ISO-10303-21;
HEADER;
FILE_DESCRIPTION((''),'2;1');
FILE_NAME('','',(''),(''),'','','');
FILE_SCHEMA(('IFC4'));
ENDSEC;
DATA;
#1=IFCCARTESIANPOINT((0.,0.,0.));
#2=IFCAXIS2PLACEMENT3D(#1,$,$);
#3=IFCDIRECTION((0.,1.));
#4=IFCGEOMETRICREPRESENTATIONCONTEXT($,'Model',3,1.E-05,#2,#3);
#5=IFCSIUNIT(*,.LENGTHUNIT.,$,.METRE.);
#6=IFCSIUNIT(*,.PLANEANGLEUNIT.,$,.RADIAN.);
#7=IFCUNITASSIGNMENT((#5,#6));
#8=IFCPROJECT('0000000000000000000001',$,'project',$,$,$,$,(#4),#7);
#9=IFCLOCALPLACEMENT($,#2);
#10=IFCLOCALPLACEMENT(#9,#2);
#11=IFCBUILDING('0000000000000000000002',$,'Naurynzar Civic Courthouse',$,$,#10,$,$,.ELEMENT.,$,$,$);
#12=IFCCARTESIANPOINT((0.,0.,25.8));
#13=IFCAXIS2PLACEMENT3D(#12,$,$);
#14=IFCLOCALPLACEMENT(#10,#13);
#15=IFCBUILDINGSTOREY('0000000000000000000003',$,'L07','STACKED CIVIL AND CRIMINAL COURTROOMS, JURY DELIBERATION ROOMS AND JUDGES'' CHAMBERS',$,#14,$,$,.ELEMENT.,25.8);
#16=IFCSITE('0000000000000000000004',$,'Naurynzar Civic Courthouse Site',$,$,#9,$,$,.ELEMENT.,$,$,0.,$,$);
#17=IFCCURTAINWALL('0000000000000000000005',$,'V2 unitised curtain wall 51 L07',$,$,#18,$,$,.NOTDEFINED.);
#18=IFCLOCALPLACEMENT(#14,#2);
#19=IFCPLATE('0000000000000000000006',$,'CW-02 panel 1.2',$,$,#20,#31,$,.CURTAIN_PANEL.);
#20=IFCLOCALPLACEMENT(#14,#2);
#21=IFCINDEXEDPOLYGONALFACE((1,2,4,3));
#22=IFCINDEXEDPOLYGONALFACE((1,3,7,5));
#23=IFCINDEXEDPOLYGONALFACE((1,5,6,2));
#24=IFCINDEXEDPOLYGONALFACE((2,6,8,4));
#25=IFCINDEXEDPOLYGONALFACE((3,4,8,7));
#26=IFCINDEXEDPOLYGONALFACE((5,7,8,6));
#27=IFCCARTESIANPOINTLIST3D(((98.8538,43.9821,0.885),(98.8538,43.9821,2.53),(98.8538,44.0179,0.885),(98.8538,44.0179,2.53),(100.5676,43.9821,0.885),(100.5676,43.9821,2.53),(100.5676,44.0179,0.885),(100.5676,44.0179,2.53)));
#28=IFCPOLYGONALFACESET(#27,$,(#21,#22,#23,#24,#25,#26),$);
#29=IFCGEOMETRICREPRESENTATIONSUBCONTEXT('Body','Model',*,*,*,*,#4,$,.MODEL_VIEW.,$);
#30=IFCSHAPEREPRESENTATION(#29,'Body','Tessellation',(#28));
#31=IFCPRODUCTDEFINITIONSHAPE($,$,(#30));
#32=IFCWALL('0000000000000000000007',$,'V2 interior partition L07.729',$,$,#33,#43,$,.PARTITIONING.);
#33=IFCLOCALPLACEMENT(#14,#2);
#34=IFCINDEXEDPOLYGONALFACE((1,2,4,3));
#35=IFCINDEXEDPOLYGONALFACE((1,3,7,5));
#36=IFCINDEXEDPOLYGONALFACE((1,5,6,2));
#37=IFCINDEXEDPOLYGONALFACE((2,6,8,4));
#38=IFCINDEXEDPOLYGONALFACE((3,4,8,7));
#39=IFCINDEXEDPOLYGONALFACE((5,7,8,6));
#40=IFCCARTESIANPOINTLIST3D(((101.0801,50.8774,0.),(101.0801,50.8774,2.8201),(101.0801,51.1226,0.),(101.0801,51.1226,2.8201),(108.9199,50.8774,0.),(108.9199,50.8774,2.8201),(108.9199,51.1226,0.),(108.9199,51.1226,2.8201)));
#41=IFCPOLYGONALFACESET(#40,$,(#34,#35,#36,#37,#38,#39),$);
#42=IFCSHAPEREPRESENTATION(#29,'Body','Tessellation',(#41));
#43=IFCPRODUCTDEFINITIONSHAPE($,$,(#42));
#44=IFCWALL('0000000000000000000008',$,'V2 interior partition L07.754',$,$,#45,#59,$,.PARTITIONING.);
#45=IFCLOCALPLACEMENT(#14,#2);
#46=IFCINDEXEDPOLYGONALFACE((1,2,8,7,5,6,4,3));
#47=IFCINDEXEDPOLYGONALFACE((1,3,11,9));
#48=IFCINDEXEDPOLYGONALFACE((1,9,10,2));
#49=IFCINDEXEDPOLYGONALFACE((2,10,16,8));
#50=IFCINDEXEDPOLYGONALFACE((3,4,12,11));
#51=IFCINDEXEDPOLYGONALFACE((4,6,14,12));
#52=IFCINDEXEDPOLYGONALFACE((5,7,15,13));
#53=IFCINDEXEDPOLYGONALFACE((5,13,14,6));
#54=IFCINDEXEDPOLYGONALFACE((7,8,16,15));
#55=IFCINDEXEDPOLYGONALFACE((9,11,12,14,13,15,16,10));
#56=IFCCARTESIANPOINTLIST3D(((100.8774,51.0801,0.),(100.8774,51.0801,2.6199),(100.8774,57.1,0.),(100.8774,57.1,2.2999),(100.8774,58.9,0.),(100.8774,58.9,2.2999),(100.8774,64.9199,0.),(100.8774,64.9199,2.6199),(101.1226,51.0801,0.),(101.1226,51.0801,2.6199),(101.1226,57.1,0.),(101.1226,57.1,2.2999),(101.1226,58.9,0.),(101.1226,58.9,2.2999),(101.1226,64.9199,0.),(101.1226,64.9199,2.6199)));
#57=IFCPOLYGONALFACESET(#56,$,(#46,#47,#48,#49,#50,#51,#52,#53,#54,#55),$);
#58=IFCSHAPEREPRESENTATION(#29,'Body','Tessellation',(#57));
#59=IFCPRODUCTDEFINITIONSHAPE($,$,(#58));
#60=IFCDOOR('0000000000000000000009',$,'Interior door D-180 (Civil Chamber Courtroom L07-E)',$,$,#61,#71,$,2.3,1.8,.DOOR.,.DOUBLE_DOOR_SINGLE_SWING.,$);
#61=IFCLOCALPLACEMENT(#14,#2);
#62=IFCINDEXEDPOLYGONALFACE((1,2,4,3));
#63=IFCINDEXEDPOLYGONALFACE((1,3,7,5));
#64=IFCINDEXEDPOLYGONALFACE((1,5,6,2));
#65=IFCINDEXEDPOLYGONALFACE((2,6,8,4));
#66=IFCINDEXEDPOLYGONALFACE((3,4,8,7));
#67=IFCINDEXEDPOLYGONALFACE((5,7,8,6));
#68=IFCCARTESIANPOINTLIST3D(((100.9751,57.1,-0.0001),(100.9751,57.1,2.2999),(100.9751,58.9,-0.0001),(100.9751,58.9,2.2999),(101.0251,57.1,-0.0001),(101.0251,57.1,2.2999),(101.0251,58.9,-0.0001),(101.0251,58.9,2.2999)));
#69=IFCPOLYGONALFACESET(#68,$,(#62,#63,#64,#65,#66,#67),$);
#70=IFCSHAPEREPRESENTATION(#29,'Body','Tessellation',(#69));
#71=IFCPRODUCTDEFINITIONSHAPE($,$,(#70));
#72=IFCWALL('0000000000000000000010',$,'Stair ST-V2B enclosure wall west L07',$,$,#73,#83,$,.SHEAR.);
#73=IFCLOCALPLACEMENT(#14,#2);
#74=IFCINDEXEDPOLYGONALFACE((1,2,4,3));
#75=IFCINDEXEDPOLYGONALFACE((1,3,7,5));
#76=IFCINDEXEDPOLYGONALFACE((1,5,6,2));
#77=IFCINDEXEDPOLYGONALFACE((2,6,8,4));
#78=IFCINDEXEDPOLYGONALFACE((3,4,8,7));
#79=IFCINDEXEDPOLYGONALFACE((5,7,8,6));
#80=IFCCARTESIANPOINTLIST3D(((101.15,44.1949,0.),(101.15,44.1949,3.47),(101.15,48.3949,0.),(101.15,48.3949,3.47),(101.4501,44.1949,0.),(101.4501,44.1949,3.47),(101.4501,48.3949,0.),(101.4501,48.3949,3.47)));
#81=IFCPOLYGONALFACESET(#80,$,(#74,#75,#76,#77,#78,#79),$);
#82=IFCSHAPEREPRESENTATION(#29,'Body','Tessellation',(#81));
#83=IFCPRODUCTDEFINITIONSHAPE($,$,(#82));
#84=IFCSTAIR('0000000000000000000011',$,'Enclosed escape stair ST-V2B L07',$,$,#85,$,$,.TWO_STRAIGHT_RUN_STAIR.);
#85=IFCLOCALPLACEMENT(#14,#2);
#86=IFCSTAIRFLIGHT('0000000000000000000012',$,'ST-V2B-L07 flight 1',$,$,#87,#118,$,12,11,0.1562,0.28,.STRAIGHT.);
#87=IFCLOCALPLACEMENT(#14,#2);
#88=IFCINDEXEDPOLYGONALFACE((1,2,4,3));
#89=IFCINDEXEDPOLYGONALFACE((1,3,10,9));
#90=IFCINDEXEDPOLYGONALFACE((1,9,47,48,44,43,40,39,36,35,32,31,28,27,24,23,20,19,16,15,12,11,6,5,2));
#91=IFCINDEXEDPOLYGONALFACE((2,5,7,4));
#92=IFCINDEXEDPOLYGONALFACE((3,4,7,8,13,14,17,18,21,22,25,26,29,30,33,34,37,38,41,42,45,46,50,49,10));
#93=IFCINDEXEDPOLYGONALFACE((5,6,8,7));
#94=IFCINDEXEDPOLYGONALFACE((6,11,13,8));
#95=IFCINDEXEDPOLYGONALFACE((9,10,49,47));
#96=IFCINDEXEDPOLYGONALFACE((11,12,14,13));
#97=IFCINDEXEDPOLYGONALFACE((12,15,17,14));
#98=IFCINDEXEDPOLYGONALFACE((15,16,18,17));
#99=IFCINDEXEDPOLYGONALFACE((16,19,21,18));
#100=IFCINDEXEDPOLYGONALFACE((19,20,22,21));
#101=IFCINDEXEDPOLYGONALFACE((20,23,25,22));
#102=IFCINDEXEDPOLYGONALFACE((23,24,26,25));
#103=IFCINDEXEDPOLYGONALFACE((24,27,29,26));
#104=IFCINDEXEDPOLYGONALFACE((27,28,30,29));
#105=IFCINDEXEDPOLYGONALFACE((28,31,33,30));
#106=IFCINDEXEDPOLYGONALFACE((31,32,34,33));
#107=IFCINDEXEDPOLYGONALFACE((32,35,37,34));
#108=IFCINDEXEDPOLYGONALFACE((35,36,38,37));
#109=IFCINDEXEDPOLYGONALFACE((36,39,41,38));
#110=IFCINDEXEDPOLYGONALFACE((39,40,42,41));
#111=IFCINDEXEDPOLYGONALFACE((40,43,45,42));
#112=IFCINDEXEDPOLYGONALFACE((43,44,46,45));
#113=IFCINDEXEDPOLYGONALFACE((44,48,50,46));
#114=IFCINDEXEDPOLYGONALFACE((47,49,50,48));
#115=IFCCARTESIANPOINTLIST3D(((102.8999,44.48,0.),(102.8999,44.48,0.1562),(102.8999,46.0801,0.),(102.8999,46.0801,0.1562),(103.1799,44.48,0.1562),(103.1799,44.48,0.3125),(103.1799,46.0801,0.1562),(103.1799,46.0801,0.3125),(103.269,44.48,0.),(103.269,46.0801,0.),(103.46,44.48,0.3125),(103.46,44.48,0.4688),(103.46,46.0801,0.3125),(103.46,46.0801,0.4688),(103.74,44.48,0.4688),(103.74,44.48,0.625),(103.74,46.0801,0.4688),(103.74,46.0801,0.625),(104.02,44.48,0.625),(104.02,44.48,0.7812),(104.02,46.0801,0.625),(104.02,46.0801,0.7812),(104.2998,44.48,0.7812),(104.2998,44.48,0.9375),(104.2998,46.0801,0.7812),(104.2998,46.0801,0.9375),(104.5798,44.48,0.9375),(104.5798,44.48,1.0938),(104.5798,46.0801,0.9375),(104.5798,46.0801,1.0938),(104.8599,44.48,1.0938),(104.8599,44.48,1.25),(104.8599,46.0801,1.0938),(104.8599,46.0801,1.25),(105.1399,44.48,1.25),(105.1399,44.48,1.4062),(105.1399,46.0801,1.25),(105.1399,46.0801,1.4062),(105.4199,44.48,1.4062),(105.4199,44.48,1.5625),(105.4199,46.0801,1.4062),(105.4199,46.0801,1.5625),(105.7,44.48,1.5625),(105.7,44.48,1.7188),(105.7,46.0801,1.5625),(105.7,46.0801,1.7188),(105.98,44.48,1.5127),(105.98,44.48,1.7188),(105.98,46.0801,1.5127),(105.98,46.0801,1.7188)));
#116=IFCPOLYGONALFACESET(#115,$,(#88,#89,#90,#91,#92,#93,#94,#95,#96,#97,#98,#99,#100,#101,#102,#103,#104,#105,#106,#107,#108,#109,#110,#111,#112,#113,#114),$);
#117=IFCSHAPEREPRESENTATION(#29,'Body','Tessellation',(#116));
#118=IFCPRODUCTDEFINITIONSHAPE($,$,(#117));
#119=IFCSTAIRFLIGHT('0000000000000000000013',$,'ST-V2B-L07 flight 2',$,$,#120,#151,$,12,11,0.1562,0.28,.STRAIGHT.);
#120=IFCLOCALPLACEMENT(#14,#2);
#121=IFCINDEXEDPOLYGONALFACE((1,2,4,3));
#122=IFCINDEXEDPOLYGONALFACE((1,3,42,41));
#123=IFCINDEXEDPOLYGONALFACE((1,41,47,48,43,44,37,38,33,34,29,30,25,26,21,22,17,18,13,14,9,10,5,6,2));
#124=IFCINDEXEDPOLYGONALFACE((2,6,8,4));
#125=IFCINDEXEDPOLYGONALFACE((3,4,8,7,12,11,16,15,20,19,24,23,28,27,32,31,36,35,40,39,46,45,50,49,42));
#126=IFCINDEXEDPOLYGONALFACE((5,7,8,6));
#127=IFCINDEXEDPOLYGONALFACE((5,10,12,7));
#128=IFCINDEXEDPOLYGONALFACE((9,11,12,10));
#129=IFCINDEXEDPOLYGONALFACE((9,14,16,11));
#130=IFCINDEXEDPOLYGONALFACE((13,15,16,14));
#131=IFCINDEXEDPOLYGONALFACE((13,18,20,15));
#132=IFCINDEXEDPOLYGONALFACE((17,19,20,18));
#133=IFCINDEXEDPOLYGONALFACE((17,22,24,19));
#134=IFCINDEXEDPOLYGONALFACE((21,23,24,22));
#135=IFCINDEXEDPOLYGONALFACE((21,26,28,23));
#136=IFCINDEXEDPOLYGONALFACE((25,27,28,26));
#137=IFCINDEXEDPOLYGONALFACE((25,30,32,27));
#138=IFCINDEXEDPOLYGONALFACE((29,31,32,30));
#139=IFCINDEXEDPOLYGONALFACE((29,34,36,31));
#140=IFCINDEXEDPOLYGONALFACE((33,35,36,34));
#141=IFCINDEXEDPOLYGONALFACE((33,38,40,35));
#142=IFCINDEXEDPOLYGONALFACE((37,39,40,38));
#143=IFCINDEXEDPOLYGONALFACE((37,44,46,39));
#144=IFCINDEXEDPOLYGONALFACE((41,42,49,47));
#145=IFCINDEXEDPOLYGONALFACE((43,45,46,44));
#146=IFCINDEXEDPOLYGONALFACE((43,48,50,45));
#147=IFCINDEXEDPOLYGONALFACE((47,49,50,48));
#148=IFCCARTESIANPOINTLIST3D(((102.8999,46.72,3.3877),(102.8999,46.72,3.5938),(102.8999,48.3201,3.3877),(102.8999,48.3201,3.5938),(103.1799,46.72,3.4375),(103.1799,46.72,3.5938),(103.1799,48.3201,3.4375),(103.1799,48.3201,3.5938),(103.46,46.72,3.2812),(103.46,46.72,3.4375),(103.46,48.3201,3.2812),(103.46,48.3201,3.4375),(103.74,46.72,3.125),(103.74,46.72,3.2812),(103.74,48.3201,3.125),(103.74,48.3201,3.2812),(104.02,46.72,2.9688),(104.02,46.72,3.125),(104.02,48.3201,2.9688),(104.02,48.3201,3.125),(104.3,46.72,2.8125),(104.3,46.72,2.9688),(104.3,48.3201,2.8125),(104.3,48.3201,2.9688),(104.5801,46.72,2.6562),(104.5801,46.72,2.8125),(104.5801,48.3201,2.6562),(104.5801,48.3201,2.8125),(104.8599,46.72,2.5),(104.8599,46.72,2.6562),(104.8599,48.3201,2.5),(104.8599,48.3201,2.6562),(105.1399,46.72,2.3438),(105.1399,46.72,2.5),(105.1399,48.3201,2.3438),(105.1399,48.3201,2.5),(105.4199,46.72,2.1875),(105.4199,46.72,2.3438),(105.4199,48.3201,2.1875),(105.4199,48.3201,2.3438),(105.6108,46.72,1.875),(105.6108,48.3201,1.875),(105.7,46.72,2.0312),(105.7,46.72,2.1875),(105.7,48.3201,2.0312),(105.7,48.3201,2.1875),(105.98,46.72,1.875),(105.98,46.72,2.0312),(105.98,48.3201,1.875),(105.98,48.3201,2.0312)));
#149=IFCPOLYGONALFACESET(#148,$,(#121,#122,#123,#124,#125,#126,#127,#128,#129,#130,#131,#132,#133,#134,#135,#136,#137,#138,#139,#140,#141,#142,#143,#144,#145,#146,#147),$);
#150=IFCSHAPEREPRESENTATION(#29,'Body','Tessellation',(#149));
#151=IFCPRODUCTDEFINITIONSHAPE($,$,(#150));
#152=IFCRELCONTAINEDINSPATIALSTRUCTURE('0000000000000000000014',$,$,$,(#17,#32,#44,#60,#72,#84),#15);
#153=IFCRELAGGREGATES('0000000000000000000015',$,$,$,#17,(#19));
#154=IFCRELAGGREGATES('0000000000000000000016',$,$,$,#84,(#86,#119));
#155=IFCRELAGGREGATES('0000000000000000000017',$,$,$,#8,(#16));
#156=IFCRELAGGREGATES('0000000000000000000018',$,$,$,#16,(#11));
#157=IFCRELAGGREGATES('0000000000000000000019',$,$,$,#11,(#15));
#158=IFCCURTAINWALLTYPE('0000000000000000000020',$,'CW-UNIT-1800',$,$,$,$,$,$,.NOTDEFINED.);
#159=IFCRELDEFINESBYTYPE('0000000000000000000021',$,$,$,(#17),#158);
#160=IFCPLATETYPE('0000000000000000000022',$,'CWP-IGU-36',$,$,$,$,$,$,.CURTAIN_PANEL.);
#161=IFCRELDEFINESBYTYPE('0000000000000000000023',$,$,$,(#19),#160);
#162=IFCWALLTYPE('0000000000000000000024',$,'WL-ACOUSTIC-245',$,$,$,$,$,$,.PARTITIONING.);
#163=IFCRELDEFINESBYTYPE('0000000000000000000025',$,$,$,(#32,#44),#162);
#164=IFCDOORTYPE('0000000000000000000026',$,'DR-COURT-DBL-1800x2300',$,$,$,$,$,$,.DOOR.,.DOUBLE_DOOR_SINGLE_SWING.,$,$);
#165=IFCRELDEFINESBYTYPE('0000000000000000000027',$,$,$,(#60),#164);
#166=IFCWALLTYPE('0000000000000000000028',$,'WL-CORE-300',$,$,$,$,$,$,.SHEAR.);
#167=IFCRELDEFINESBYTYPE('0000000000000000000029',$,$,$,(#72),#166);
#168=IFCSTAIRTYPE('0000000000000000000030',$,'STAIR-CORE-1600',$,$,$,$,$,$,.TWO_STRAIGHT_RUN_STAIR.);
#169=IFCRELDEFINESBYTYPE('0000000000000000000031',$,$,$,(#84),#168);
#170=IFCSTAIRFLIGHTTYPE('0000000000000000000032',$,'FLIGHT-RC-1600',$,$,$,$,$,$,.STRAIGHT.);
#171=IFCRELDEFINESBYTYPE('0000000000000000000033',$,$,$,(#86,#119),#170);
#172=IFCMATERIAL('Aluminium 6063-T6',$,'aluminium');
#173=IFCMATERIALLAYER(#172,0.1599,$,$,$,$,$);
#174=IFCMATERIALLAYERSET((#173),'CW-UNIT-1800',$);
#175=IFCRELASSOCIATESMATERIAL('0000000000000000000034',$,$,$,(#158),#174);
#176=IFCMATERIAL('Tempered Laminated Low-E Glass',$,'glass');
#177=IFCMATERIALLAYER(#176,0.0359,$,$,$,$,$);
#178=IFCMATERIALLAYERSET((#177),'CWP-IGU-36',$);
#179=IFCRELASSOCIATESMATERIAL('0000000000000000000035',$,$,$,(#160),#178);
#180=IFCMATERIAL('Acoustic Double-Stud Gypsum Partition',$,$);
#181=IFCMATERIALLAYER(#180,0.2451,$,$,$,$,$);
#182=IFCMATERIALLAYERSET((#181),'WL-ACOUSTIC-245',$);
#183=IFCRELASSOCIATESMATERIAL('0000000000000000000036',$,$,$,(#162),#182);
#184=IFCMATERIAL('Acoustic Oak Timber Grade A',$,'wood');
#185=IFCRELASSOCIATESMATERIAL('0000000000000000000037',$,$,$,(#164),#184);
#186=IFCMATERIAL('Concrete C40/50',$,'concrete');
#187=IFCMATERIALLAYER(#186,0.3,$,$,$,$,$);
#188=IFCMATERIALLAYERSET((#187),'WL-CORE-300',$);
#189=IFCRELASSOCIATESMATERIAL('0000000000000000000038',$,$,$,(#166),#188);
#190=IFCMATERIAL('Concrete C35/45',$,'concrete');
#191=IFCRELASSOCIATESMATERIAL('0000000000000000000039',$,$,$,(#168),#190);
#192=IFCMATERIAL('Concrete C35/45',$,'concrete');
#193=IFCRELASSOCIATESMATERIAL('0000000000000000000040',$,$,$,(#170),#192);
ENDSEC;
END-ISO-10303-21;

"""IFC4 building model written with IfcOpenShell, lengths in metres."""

from ifc_helpers import new_model, si_unit, direction, frame, frame_2d, origin, origin_2d, place, context, subcontext, project, spatial, polyline, rectangle, outline, extrude, material, layer, layer_set, type_object, element, fill, aggregate, save


model = new_model("IFC4")

# Units and contexts
model_context = context("Model", 3, precision=1e-05, world=origin(), true_north=direction((0.0, 1.0)))
body_context = subcontext(model_context, "Body", "Model", "MODEL_VIEW")
ifc_project = project(units=[si_unit("LENGTHUNIT", "METRE"), si_unit("PLANEANGLEUNIT", "RADIAN")], contexts=[model_context])

# Site, building, storey
site_placement = place(None, origin())
site = spatial("IfcSite", under=ifc_project, at=site_placement, Name="Naurynzar Civic Courthouse Site", CompositionType="ELEMENT", RefElevation=0.0)
building_placement = place(site_placement, origin())
building = spatial("IfcBuilding", under=site, at=building_placement, Name="Naurynzar Civic Courthouse", CompositionType="ELEMENT")
storey_placement = place(building_placement, frame((0.0, 0.0, 25.8)))
storey = spatial("IfcBuildingStorey", under=building, at=storey_placement, Name="L07", Description="STACKED CIVIL AND CRIMINAL COURTROOMS, JURY DELIBERATION ROOMS AND JUDGES' CHAMBERS", CompositionType="ELEMENT", Elevation=25.8)

# Curtain wall, plate
ifc_material_1 = material(Name="Aluminium 6063-T6", Category="aluminium")
ifc_layer_1 = layer(ifc_material_1, 0.1599)
ifc_layer_set_1 = layer_set([ifc_layer_1], Name="CW-UNIT-1800")
curtain_wall_type = type_object("IfcCurtainWallType", Name="CW-UNIT-1800", PredefinedType="NOTDEFINED", material=ifc_layer_set_1)
curtain_wall_placement = place(storey_placement, origin())
curtain_wall = element("IfcCurtainWall", 1, at=curtain_wall_placement, inside=storey, type_object=curtain_wall_type, Name="V2 unitised curtain wall 51 L07", PredefinedType="NOTDEFINED")
ifc_material_2 = material(Name="Tempered Laminated Low-E Glass", Category="glass")
ifc_layer_2 = layer(ifc_material_2, 0.0359)
ifc_layer_set_2 = layer_set([ifc_layer_2], Name="CWP-IGU-36")
plate_type = type_object("IfcPlateType", Name="CWP-IGU-36", PredefinedType="CURTAIN_PANEL", material=ifc_layer_set_2)
plate_1_placement = place(storey_placement, frame((99.7107, 44.0, 0.885), z_axis=(0.0, 0.0, 1.0), x_axis=(-1.0, 0.0, 0.0)))
plate_1 = element("IfcPlate", 2, at=plate_1_placement, type_object=plate_type, Name="CW-02 panel 1.2", PredefinedType="CURTAIN_PANEL", context=body_context, shape_type="SweptSolid", body=[
    extrude(rectangle(XDim=1.7139, YDim=0.0359, at=origin_2d()), origin(), (0.0, 0.0, 1.0), 1.645),
])
aggregate(curtain_wall, [plate_1])

# Wall
ifc_material_3 = material(Name="Acoustic Double-Stud Gypsum Partition")
ifc_layer_3 = layer(ifc_material_3, 0.2451)
ifc_layer_set_3 = layer_set([ifc_layer_3], Name="WL-ACOUSTIC-245")
wall_type_1 = type_object("IfcWallType", Name="WL-ACOUSTIC-245", PredefinedType="PARTITIONING", material=ifc_layer_set_3)
wall_1_placement = place(storey_placement, frame((101.0801, 51.0, 0.0), z_axis=(0.0, 0.0, 1.0), x_axis=(1.0, 0.0, 0.0)))
element("IfcWall", 3, at=wall_1_placement, inside=storey, type_object=wall_type_1, Name="V2 interior partition L07.729", PredefinedType="PARTITIONING", context=body_context, shape_type="SweptSolid", body=[
    extrude(rectangle(XDim=7.8398, YDim=0.2451, at=frame_2d((3.9199, 0.0))), origin(), (0.0, 0.0, 1.0), 2.8201),
])

# Wall, opening, door
wall_2_placement = place(storey_placement, frame((101.0, 51.0801, 0.0), z_axis=(0.0, 0.0, 1.0), x_axis=(0.0, 1.0, 0.0)))
wall_2 = element("IfcWall", 4, at=wall_2_placement, inside=storey, type_object=wall_type_1, Name="V2 interior partition L07.754", PredefinedType="PARTITIONING", context=body_context, shape_type="SweptSolid", body=[
    extrude(rectangle(XDim=13.8398, YDim=0.2451, at=frame_2d((6.9199, 0.0))), origin(), (0.0, 0.0, 1.0), 2.6199),
])
opening_placement = place(wall_2_placement, frame((6.02, 0.0, 0.0)))
opening = element("IfcOpeningElement", 5, at=opening_placement, cuts=wall_2, PredefinedType="OPENING", context=body_context, shape_type="SweptSolid", body=[
    extrude(rectangle(XDim=1.8, YDim=2.3, at=frame_2d((0.8999, 1.1499))), frame((0.0, 0.1326, 0.0), z_axis=(0.0, -1.0, 0.0), x_axis=(1.0, 0.0, 0.0)), (0.0, 0.0, 1.0), 0.2651),
])
ifc_material_4 = material(Name="Acoustic Oak Timber Grade A", Category="wood")
door_type = type_object("IfcDoorType", Name="DR-COURT-DBL-1800x2300", OperationType="DOUBLE_DOOR_SINGLE_SWING", PredefinedType="DOOR", material=ifc_material_4)
door_placement = place(opening_placement, origin())
door = element("IfcDoor", 6, at=door_placement, inside=storey, type_object=door_type, Name="Interior door D-180 (Civil Chamber Courtroom L07-E)", OperationType="DOUBLE_DOOR_SINGLE_SWING", OverallHeight=2.3, OverallWidth=1.8, PredefinedType="DOOR", context=body_context, shape_type="SweptSolid", body=[
    extrude(rectangle(XDim=1.8, YDim=2.3, at=frame_2d((0.8999, 1.1499))), frame((0.0, 0.0249, 0.0), z_axis=(0.0, -1.0, 0.0), x_axis=(1.0, 0.0, 0.0)), (0.0, 0.0, 1.0), 0.05),
])
fill(opening, door)

# Wall
ifc_material_5 = material(Name="Concrete C40/50", Category="concrete")
ifc_layer_4 = layer(ifc_material_5, 0.3)
ifc_layer_set_4 = layer_set([ifc_layer_4], Name="WL-CORE-300")
wall_type_2 = type_object("IfcWallType", Name="WL-CORE-300", PredefinedType="SHEAR", material=ifc_layer_set_4)
wall_3_placement = place(storey_placement, frame((101.3, 48.395, 0.0), z_axis=(0.0, 0.0, 1.0), x_axis=(0.0, -1.0, 0.0)))
element("IfcWall", 7, at=wall_3_placement, inside=storey, type_object=wall_type_2, Name="Stair ST-V2B enclosure wall west L07", PredefinedType="SHEAR", context=body_context, shape_type="SweptSolid", body=[
    extrude(rectangle(XDim=4.2, YDim=0.3, at=frame_2d((2.1001, 0.0))), origin(), (0.0, 0.0, 1.0), 3.47),
])

# Stair, stair flights
ifc_material_6 = material(Name="Concrete C35/45", Category="concrete")
stair_type = type_object("IfcStairType", Name="STAIR-CORE-1600", PredefinedType="TWO_STRAIGHT_RUN_STAIR", material=ifc_material_6)
stair_placement = place(storey_placement, origin())
stair = element("IfcStair", 8, at=stair_placement, inside=storey, type_object=stair_type, Name="Enclosed escape stair ST-V2B L07", PredefinedType="TWO_STRAIGHT_RUN_STAIR")
ifc_material_7 = material(Name="Concrete C35/45", Category="concrete")
stair_flight_type = type_object("IfcStairFlightType", Name="FLIGHT-RC-1600", PredefinedType="STRAIGHT", material=ifc_material_7)
stair_flight_1_placement = place(storey_placement, frame((102.8999, 45.28, 0.0), z_axis=(0.0, 0.0, 1.0), x_axis=(1.0, 0.0, 0.0)))
stair_flight_1 = element("IfcStairFlight", 9, at=stair_flight_1_placement, type_object=stair_flight_type, Name="ST-V2B-L07 flight 1", NumberOfRisers=12, NumberOfTreads=11, PredefinedType="STRAIGHT", RiserHeight=0.1562, TreadLength=0.28, context=body_context, shape_type="SweptSolid", body=[
    extrude(outline(polyline([(0.0, 0.0), (0.0, 0.1562), (0.28, 0.1562), (0.28, 0.3125), (0.5601, 0.3125), (0.5601, 0.4688), (0.8401, 0.4688), (0.8401, 0.625), (1.1201, 0.625), (1.1201, 0.7812), (1.3999, 0.7812), (1.3999, 0.9375), (1.6799, 0.9375), (1.6799, 1.0938), (1.96, 1.0938), (1.96, 1.25), (2.24, 1.25), (2.24, 1.4062), (2.52, 1.4062), (2.52, 1.5625), (2.8, 1.5625), (2.8, 1.7188), (3.0801, 1.7188), (3.0801, 1.875), (3.0801, 1.5127), (0.3691, 0.0), (0.0, 0.0)])), frame((0.0, 0.8, 0.0), z_axis=(0.0, -1.0, 0.0), x_axis=(1.0, 0.0, 0.0)), (0.0, 0.0, 1.0), 1.6001),
])
stair_flight_2_placement = place(storey_placement, frame((105.98, 47.52, 1.875), z_axis=(0.0, 0.0, 1.0), x_axis=(-1.0, 0.0, 0.0)))
stair_flight_2 = element("IfcStairFlight", 10, at=stair_flight_2_placement, type_object=stair_flight_type, Name="ST-V2B-L07 flight 2", NumberOfRisers=12, NumberOfTreads=11, PredefinedType="STRAIGHT", RiserHeight=0.1562, TreadLength=0.28, context=body_context, shape_type="SweptSolid", body=[
    extrude(outline(polyline([(0.0, 0.0), (0.0, 0.1562), (0.28, 0.1562), (0.28, 0.3125), (0.5601, 0.3125), (0.5601, 0.4688), (0.8401, 0.4688), (0.8401, 0.625), (1.1201, 0.625), (1.1201, 0.7812), (1.3999, 0.7812), (1.3999, 0.9375), (1.6799, 0.9375), (1.6799, 1.0938), (1.96, 1.0938), (1.96, 1.25), (2.24, 1.25), (2.24, 1.4062), (2.52, 1.4062), (2.52, 1.5625), (2.8, 1.5625), (2.8, 1.7188), (3.0801, 1.7188), (3.0801, 1.875), (3.0801, 1.5127), (0.3691, 0.0), (0.0, 0.0)])), frame((0.0, 0.8, 0.0), z_axis=(0.0, -1.0, 0.0), x_axis=(1.0, 0.0, 0.0)), (0.0, 0.0, 1.0), 1.6001),
])
aggregate(stair, [stair_flight_1, stair_flight_2])

save(model, "model.ifc")
